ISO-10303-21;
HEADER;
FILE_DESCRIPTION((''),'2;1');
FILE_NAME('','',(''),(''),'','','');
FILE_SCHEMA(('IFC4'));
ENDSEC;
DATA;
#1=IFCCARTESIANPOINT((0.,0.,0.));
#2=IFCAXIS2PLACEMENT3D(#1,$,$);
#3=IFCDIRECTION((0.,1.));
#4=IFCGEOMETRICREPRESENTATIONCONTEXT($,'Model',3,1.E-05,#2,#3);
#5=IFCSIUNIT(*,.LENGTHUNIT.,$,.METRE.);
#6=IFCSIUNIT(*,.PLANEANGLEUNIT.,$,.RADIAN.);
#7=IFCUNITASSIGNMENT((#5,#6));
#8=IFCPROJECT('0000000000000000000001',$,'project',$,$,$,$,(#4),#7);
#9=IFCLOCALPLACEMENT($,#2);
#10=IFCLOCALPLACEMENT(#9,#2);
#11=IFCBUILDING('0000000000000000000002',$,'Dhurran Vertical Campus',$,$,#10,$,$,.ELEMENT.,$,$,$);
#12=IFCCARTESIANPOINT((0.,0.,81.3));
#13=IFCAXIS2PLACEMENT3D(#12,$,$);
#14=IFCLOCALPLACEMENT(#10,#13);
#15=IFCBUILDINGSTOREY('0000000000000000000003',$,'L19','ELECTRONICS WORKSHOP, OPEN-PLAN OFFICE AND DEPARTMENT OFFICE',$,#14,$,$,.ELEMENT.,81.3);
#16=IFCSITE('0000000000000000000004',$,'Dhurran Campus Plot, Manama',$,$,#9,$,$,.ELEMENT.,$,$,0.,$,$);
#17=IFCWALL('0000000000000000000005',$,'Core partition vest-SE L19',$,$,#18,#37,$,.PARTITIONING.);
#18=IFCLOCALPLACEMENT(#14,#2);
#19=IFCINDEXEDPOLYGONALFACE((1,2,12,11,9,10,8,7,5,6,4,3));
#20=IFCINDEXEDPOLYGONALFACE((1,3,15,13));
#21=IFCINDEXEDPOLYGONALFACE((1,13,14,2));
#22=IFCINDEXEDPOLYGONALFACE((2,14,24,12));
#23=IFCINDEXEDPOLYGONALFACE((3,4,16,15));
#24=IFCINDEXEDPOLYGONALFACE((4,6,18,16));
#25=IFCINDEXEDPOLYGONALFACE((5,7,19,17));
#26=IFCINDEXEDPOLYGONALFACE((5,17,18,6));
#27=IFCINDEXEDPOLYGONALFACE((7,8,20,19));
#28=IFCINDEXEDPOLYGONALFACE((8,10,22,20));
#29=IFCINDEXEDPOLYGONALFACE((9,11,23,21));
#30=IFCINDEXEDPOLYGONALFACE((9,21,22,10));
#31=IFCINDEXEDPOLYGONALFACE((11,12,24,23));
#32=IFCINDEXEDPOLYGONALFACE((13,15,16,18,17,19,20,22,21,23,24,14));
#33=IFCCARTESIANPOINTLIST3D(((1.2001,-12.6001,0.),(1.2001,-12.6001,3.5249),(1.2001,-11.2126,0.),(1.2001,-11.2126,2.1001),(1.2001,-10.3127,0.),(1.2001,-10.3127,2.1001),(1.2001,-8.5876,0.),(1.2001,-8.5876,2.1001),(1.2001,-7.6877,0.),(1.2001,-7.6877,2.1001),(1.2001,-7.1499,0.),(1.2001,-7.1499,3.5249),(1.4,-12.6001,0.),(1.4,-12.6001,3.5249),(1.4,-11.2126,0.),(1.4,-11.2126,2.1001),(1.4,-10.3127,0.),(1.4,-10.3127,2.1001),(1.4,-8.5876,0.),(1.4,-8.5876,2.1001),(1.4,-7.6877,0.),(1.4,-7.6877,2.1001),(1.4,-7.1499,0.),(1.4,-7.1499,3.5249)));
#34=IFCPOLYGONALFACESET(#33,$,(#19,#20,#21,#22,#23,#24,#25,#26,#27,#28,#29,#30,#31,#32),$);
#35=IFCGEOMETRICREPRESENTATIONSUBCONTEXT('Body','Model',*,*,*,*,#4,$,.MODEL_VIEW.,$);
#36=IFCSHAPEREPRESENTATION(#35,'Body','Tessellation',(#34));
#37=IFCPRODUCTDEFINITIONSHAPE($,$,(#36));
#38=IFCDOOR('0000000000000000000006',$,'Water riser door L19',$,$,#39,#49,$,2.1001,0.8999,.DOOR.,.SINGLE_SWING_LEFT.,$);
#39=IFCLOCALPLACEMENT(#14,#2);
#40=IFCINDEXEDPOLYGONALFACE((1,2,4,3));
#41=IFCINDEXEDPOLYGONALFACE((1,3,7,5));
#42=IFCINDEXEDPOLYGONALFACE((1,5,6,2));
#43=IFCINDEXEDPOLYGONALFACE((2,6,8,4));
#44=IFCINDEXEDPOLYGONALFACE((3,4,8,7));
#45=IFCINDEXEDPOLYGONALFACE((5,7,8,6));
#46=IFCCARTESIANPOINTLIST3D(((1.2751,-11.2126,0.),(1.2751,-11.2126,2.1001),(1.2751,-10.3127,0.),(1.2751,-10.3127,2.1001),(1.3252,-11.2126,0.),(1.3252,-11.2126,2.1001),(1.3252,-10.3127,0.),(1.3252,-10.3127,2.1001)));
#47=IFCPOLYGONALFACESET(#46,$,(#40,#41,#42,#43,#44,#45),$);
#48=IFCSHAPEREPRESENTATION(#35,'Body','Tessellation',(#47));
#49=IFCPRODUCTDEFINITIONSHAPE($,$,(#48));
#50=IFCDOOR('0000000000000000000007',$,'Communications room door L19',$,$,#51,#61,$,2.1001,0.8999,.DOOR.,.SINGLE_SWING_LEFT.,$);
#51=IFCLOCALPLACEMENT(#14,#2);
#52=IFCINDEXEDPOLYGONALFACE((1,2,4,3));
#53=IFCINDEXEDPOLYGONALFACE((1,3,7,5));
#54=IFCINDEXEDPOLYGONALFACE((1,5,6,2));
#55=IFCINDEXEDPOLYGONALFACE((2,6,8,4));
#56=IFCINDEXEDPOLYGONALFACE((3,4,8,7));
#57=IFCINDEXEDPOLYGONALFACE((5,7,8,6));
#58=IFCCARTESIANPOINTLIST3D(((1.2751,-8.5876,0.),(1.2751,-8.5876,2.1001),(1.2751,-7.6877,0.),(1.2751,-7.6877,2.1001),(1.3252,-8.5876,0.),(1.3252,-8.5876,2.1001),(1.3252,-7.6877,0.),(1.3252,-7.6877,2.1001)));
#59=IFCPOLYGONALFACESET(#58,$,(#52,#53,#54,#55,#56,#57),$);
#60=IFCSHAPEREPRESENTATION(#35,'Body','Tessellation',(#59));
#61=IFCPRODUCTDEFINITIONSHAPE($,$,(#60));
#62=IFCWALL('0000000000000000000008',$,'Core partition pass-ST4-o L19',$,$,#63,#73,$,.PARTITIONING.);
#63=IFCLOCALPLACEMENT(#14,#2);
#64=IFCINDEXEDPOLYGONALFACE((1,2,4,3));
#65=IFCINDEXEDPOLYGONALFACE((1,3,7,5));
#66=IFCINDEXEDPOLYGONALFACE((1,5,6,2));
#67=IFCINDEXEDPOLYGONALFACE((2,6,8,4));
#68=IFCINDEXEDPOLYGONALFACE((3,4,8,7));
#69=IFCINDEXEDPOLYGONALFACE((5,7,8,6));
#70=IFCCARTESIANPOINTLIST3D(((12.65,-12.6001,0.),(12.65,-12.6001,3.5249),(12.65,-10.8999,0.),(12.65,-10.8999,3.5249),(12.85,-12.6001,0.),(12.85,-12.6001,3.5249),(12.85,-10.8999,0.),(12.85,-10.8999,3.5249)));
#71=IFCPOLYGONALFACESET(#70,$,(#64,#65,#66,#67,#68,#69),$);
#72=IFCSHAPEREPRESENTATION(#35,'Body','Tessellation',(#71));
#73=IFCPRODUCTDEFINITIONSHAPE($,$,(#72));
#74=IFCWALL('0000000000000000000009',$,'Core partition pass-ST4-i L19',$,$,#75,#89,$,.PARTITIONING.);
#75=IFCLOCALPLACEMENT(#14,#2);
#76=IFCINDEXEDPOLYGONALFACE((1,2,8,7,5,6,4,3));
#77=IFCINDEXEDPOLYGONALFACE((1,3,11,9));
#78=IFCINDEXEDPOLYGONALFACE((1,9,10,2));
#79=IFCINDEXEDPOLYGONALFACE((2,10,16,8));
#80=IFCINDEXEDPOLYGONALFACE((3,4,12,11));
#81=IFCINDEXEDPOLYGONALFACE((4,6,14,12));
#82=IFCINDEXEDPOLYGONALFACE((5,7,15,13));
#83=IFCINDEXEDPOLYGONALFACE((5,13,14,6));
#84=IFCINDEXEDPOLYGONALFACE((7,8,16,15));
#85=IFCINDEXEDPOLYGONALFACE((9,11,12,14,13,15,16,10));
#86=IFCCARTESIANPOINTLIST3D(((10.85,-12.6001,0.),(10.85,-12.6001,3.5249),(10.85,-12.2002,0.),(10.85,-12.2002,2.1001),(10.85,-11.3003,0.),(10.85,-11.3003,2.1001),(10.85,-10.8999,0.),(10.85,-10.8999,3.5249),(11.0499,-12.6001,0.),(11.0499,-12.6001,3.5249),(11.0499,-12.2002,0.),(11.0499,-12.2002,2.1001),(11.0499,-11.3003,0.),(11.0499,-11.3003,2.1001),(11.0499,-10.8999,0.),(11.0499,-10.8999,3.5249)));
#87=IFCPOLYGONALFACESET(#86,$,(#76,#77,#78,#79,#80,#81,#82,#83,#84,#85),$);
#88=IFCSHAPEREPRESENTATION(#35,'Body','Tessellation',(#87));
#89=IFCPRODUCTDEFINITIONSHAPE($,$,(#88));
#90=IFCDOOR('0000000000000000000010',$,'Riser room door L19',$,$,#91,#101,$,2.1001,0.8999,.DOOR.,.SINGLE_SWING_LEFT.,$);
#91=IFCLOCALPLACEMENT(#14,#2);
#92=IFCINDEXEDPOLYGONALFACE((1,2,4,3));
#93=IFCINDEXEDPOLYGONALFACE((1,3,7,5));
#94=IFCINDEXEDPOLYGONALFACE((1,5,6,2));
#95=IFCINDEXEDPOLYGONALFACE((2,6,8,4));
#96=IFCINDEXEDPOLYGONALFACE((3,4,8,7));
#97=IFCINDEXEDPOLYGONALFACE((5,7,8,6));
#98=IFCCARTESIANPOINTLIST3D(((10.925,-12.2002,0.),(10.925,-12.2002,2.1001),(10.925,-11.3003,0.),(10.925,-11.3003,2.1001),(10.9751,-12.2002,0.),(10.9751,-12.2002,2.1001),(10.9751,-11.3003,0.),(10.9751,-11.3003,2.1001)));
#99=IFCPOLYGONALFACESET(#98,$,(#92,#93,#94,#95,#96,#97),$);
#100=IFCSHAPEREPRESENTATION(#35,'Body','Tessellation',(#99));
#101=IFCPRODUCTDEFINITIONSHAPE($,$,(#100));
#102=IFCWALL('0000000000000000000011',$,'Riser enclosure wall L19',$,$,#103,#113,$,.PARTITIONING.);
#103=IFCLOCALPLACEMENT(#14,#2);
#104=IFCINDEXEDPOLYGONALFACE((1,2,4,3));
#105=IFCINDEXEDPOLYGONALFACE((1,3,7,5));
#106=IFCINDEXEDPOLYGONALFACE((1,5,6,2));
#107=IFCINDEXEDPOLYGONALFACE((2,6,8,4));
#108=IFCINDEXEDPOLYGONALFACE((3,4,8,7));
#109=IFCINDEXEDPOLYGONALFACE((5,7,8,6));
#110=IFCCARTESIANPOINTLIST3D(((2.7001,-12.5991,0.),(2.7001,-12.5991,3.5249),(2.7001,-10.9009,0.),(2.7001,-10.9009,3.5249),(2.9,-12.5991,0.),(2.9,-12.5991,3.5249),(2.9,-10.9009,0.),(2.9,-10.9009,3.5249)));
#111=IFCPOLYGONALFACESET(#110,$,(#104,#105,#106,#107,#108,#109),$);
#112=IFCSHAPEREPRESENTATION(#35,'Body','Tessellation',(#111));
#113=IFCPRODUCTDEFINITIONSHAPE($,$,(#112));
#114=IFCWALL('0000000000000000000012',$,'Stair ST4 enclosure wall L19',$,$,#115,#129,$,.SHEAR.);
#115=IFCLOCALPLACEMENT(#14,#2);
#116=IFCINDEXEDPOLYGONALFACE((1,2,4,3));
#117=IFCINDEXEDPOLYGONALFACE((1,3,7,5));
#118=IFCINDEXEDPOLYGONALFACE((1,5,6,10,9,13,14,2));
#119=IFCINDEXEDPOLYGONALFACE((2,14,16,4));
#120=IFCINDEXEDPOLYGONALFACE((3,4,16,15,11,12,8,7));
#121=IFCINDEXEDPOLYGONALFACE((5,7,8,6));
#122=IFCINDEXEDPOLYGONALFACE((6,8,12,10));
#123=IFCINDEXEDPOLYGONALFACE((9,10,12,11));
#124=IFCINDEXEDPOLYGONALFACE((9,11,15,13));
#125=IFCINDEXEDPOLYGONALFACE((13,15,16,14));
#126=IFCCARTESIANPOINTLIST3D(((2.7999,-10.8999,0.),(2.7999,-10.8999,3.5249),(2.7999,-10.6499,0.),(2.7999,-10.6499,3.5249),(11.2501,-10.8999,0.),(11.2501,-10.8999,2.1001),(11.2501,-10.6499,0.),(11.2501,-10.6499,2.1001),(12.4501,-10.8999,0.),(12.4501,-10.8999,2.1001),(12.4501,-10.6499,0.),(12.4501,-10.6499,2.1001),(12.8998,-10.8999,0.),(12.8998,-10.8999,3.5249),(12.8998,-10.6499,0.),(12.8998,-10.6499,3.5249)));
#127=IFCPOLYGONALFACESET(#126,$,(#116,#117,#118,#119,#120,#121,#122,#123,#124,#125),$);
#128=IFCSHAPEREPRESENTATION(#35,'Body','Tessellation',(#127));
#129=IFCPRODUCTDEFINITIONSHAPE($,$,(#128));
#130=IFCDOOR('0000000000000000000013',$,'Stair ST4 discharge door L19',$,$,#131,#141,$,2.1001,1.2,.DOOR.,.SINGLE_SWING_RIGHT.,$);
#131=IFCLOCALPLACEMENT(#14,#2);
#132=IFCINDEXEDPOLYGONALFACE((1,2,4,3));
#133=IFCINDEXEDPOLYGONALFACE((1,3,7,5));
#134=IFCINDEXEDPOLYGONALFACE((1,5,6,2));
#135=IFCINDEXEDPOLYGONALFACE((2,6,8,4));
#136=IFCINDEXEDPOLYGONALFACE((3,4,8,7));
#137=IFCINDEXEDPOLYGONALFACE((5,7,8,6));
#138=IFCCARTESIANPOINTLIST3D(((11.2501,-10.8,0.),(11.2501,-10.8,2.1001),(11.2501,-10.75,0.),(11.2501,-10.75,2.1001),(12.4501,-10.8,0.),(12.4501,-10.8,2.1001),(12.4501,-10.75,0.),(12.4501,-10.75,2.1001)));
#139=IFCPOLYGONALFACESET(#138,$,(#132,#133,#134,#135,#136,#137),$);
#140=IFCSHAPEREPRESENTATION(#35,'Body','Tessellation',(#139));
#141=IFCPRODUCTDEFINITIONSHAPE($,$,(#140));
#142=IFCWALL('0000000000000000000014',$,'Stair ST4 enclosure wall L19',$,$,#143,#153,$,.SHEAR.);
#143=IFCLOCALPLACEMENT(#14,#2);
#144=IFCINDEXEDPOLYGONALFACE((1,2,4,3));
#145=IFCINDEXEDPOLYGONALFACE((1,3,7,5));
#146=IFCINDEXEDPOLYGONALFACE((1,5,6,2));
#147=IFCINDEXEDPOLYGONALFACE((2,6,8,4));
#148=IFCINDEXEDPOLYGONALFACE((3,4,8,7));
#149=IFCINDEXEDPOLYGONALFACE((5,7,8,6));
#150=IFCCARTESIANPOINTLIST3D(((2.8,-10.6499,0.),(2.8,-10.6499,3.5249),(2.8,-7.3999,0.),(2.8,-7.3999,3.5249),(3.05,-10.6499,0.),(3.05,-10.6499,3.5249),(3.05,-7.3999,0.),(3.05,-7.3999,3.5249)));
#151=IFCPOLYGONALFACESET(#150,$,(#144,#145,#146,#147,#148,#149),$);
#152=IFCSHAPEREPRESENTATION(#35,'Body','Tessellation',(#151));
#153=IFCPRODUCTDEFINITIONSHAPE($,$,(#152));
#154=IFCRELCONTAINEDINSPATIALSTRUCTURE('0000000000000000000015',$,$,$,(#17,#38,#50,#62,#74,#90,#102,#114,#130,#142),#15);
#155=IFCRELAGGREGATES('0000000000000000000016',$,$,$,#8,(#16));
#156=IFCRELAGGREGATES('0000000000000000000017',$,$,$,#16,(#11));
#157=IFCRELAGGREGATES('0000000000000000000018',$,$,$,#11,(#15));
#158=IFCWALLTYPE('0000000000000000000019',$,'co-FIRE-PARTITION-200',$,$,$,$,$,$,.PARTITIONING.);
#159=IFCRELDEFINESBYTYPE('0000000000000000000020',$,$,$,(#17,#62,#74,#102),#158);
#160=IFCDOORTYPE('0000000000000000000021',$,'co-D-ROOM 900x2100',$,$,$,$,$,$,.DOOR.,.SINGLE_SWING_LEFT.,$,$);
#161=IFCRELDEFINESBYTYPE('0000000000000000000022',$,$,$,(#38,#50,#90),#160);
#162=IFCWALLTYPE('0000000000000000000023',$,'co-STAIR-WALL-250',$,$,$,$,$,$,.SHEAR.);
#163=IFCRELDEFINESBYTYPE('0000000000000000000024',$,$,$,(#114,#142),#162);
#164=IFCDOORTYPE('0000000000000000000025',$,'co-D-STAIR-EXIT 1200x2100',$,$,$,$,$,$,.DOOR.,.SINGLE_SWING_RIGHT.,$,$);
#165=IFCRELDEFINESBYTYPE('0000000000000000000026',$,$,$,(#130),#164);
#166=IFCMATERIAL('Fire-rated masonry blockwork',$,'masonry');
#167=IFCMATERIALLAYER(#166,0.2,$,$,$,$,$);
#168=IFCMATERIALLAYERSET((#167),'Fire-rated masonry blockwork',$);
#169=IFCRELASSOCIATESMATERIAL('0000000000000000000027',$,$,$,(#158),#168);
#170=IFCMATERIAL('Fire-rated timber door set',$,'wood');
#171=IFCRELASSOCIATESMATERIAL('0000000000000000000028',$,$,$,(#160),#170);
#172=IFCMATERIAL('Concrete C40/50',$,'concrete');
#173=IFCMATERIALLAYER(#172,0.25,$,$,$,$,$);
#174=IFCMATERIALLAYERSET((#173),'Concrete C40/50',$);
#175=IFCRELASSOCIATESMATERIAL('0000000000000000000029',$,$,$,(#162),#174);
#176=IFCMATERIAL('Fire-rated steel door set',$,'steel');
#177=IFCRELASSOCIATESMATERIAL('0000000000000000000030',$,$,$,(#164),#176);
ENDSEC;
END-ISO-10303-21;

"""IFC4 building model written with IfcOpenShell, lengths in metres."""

from ifc_helpers import new_model, si_unit, direction, frame, frame_2d, origin, place, context, subcontext, project, spatial, rectangle, extrude, material, layer, layer_set, type_object, element, fill, save


model = new_model("IFC4")

# Units and contexts
model_context = context("Model", 3, precision=1e-05, world=origin(), true_north=direction((0.0, 1.0)))
body_context = subcontext(model_context, "Body", "Model", "MODEL_VIEW")
ifc_project = project(units=[si_unit("LENGTHUNIT", "METRE"), si_unit("PLANEANGLEUNIT", "RADIAN")], contexts=[model_context])

# Site, building, storey
site_placement = place(None, origin())
site = spatial("IfcSite", under=ifc_project, at=site_placement, Name="Dhurran Campus Plot, Manama", CompositionType="ELEMENT", RefElevation=0.0)
building_placement = place(site_placement, origin())
building = spatial("IfcBuilding", under=site, at=building_placement, Name="Dhurran Vertical Campus", CompositionType="ELEMENT")
storey_placement = place(building_placement, frame((0.0, 0.0, 81.3)))
storey = spatial("IfcBuildingStorey", under=building, at=storey_placement, Name="L19", Description="ELECTRONICS WORKSHOP, OPEN-PLAN OFFICE AND DEPARTMENT OFFICE", CompositionType="ELEMENT", Elevation=81.3)

# Wall, openings, doors
ifc_material_1 = material(Name="Fire-rated masonry blockwork", Category="masonry")
ifc_layer_1 = layer(ifc_material_1, 0.2)
ifc_layer_set_1 = layer_set([ifc_layer_1], Name="Fire-rated masonry blockwork")
wall_type_1 = type_object("IfcWallType", Name="co-FIRE-PARTITION-200", PredefinedType="PARTITIONING", material=ifc_layer_set_1)
wall_1_placement = place(storey_placement, frame((1.3, -12.6001, 0.0), z_axis=(0.0, 0.0, 1.0), x_axis=(0.0, 1.0, 0.0)))
wall_1 = element("IfcWall", 1, at=wall_1_placement, inside=storey, type_object=wall_type_1, Name="Core partition vest-SE L19", PredefinedType="PARTITIONING", context=body_context, shape_type="SweptSolid", body=[
    extrude(rectangle(XDim=5.4502, YDim=0.2, at=frame_2d((2.7251, 0.0))), origin(), (0.0, 0.0, 1.0), 3.5249),
])
opening_1_placement = place(wall_1_placement, frame((1.3875, 0.0, 0.0)))
opening_1 = element("IfcOpeningElement", 2, at=opening_1_placement, cuts=wall_1, PredefinedType="OPENING", context=body_context, shape_type="SweptSolid", body=[
    extrude(rectangle(XDim=0.8999, YDim=2.1001, at=frame_2d((0.45, 1.05))), frame((0.0, 0.1099, 0.0), z_axis=(0.0, -1.0, 0.0), x_axis=(1.0, 0.0, 0.0)), (0.0, 0.0, 1.0), 0.22),
])
opening_2_placement = place(wall_1_placement, frame((4.0125, 0.0, 0.0)))
opening_2 = element("IfcOpeningElement", 3, at=opening_2_placement, cuts=wall_1, PredefinedType="OPENING", context=body_context, shape_type="SweptSolid", body=[
    extrude(rectangle(XDim=0.8999, YDim=2.1001, at=frame_2d((0.45, 1.05))), frame((0.0, 0.1099, 0.0), z_axis=(0.0, -1.0, 0.0), x_axis=(1.0, 0.0, 0.0)), (0.0, 0.0, 1.0), 0.22),
])
ifc_material_2 = material(Name="Fire-rated timber door set", Category="wood")
door_type_1 = type_object("IfcDoorType", Name="co-D-ROOM 900x2100", OperationType="SINGLE_SWING_LEFT", PredefinedType="DOOR", material=ifc_material_2)
door_1_placement = place(opening_1_placement, origin())
door_1 = element("IfcDoor", 4, at=door_1_placement, inside=storey, type_object=door_type_1, Name="Water riser door L19", OperationType="SINGLE_SWING_LEFT", OverallHeight=2.1001, OverallWidth=0.8999, PredefinedType="DOOR", context=body_context, shape_type="SweptSolid", body=[
    extrude(rectangle(XDim=0.8999, YDim=2.1001, at=frame_2d((0.45, 1.05))), frame((0.0, 0.0249, 0.0), z_axis=(0.0, -1.0, 0.0), x_axis=(1.0, 0.0, 0.0)), (0.0, 0.0, 1.0), 0.05),
])
fill(opening_1, door_1)
door_2_placement = place(opening_2_placement, origin())
door_2 = element("IfcDoor", 5, at=door_2_placement, inside=storey, type_object=door_type_1, Name="Communications room door L19", OperationType="SINGLE_SWING_LEFT", OverallHeight=2.1001, OverallWidth=0.8999, PredefinedType="DOOR", context=body_context, shape_type="SweptSolid", body=[
    extrude(rectangle(XDim=0.8999, YDim=2.1001, at=frame_2d((0.45, 1.05))), frame((0.0, 0.0249, 0.0), z_axis=(0.0, -1.0, 0.0), x_axis=(1.0, 0.0, 0.0)), (0.0, 0.0, 1.0), 0.05),
])
fill(opening_2, door_2)

# Wall
wall_2_placement = place(storey_placement, frame((12.75, -12.6001, 0.0), z_axis=(0.0, 0.0, 1.0), x_axis=(0.0, 1.0, 0.0)))
element("IfcWall", 6, at=wall_2_placement, inside=storey, type_object=wall_type_1, Name="Core partition pass-ST4-o L19", PredefinedType="PARTITIONING", context=body_context, shape_type="SweptSolid", body=[
    extrude(rectangle(XDim=1.7002, YDim=0.2, at=frame_2d((0.8501, 0.0))), origin(), (0.0, 0.0, 1.0), 3.5249),
])

# Wall, opening, door
wall_3_placement = place(storey_placement, frame((10.95, -12.6001, 0.0), z_axis=(0.0, 0.0, 1.0), x_axis=(0.0, 1.0, 0.0)))
wall_3 = element("IfcWall", 7, at=wall_3_placement, inside=storey, type_object=wall_type_1, Name="Core partition pass-ST4-i L19", PredefinedType="PARTITIONING", context=body_context, shape_type="SweptSolid", body=[
    extrude(rectangle(XDim=1.7002, YDim=0.2, at=frame_2d((0.8501, 0.0))), origin(), (0.0, 0.0, 1.0), 3.5249),
])
opening_3_placement = place(wall_3_placement, frame((0.3999, 0.0, 0.0)))
opening_3 = element("IfcOpeningElement", 8, at=opening_3_placement, cuts=wall_3, PredefinedType="OPENING", context=body_context, shape_type="SweptSolid", body=[
    extrude(rectangle(XDim=0.8999, YDim=2.1001, at=frame_2d((0.45, 1.05))), frame((0.0, 0.1099, 0.0), z_axis=(0.0, -1.0, 0.0), x_axis=(1.0, 0.0, 0.0)), (0.0, 0.0, 1.0), 0.22),
])
door_3_placement = place(opening_3_placement, origin())
door_3 = element("IfcDoor", 9, at=door_3_placement, inside=storey, type_object=door_type_1, Name="Riser room door L19", OperationType="SINGLE_SWING_LEFT", OverallHeight=2.1001, OverallWidth=0.8999, PredefinedType="DOOR", context=body_context, shape_type="SweptSolid", body=[
    extrude(rectangle(XDim=0.8999, YDim=2.1001, at=frame_2d((0.45, 1.05))), frame((0.0, 0.0249, 0.0), z_axis=(0.0, -1.0, 0.0), x_axis=(1.0, 0.0, 0.0)), (0.0, 0.0, 1.0), 0.05),
])
fill(opening_3, door_3)

# Wall
wall_4_placement = place(storey_placement, frame((2.8, -12.5991, 0.0), z_axis=(0.0, 0.0, 1.0), x_axis=(0.0, 1.0, 0.0)))
element("IfcWall", 10, at=wall_4_placement, inside=storey, type_object=wall_type_1, Name="Riser enclosure wall L19", PredefinedType="PARTITIONING", context=body_context, shape_type="SweptSolid", body=[
    extrude(rectangle(XDim=1.6982, YDim=0.2, at=frame_2d((0.8491, 0.0))), origin(), (0.0, 0.0, 1.0), 3.5249),
])

# Wall, opening, door
ifc_material_3 = material(Name="Concrete C40/50", Category="concrete")
ifc_layer_2 = layer(ifc_material_3, 0.25)
ifc_layer_set_2 = layer_set([ifc_layer_2], Name="Concrete C40/50")
wall_type_2 = type_object("IfcWallType", Name="co-STAIR-WALL-250", PredefinedType="SHEAR", material=ifc_layer_set_2)
wall_5_placement = place(storey_placement, frame((2.8, -10.7749, 0.0), z_axis=(0.0, 0.0, 1.0), x_axis=(1.0, 0.0, 0.0)))
wall_5 = element("IfcWall", 11, at=wall_5_placement, inside=storey, type_object=wall_type_2, Name="Stair ST4 enclosure wall L19", PredefinedType="SHEAR", context=body_context, shape_type="SweptSolid", body=[
    extrude(rectangle(XDim=10.0999, YDim=0.25, at=frame_2d((5.0498, 0.0))), origin(), (0.0, 0.0, 1.0), 3.5249),
])
opening_4_placement = place(wall_5_placement, frame((8.45, 0.0, 0.0)))
opening_4 = element("IfcOpeningElement", 12, at=opening_4_placement, cuts=wall_5, PredefinedType="OPENING", context=body_context, shape_type="SweptSolid", body=[
    extrude(rectangle(XDim=1.2, YDim=2.1001, at=frame_2d((0.6001, 1.05))), frame((0.0, 0.135, 0.0), z_axis=(0.0, -1.0, 0.0), x_axis=(1.0, 0.0, 0.0)), (0.0, 0.0, 1.0), 0.27),
])
ifc_material_4 = material(Name="Fire-rated steel door set", Category="steel")
door_type_2 = type_object("IfcDoorType", Name="co-D-STAIR-EXIT 1200x2100", OperationType="SINGLE_SWING_RIGHT", PredefinedType="DOOR", material=ifc_material_4)
door_4_placement = place(opening_4_placement, origin())
door_4 = element("IfcDoor", 13, at=door_4_placement, inside=storey, type_object=door_type_2, Name="Stair ST4 discharge door L19", OperationType="SINGLE_SWING_RIGHT", OverallHeight=2.1001, OverallWidth=1.2, PredefinedType="DOOR", context=body_context, shape_type="SweptSolid", body=[
    extrude(rectangle(XDim=1.2, YDim=2.1001, at=frame_2d((0.6001, 1.05))), frame((0.0, 0.0249, 0.0), z_axis=(0.0, -1.0, 0.0), x_axis=(1.0, 0.0, 0.0)), (0.0, 0.0, 1.0), 0.05),
])
fill(opening_4, door_4)

# Wall
wall_6_placement = place(storey_placement, frame((2.925, -10.6499, 0.0), z_axis=(0.0, 0.0, 1.0), x_axis=(0.0, 1.0, 0.0)))
element("IfcWall", 14, at=wall_6_placement, inside=storey, type_object=wall_type_2, Name="Stair ST4 enclosure wall L19", PredefinedType="SHEAR", context=body_context, shape_type="SweptSolid", body=[
    extrude(rectangle(XDim=3.25, YDim=0.25, at=frame_2d((1.625, 0.0))), origin(), (0.0, 0.0, 1.0), 3.5249),
])

save(model, "model.ifc")
